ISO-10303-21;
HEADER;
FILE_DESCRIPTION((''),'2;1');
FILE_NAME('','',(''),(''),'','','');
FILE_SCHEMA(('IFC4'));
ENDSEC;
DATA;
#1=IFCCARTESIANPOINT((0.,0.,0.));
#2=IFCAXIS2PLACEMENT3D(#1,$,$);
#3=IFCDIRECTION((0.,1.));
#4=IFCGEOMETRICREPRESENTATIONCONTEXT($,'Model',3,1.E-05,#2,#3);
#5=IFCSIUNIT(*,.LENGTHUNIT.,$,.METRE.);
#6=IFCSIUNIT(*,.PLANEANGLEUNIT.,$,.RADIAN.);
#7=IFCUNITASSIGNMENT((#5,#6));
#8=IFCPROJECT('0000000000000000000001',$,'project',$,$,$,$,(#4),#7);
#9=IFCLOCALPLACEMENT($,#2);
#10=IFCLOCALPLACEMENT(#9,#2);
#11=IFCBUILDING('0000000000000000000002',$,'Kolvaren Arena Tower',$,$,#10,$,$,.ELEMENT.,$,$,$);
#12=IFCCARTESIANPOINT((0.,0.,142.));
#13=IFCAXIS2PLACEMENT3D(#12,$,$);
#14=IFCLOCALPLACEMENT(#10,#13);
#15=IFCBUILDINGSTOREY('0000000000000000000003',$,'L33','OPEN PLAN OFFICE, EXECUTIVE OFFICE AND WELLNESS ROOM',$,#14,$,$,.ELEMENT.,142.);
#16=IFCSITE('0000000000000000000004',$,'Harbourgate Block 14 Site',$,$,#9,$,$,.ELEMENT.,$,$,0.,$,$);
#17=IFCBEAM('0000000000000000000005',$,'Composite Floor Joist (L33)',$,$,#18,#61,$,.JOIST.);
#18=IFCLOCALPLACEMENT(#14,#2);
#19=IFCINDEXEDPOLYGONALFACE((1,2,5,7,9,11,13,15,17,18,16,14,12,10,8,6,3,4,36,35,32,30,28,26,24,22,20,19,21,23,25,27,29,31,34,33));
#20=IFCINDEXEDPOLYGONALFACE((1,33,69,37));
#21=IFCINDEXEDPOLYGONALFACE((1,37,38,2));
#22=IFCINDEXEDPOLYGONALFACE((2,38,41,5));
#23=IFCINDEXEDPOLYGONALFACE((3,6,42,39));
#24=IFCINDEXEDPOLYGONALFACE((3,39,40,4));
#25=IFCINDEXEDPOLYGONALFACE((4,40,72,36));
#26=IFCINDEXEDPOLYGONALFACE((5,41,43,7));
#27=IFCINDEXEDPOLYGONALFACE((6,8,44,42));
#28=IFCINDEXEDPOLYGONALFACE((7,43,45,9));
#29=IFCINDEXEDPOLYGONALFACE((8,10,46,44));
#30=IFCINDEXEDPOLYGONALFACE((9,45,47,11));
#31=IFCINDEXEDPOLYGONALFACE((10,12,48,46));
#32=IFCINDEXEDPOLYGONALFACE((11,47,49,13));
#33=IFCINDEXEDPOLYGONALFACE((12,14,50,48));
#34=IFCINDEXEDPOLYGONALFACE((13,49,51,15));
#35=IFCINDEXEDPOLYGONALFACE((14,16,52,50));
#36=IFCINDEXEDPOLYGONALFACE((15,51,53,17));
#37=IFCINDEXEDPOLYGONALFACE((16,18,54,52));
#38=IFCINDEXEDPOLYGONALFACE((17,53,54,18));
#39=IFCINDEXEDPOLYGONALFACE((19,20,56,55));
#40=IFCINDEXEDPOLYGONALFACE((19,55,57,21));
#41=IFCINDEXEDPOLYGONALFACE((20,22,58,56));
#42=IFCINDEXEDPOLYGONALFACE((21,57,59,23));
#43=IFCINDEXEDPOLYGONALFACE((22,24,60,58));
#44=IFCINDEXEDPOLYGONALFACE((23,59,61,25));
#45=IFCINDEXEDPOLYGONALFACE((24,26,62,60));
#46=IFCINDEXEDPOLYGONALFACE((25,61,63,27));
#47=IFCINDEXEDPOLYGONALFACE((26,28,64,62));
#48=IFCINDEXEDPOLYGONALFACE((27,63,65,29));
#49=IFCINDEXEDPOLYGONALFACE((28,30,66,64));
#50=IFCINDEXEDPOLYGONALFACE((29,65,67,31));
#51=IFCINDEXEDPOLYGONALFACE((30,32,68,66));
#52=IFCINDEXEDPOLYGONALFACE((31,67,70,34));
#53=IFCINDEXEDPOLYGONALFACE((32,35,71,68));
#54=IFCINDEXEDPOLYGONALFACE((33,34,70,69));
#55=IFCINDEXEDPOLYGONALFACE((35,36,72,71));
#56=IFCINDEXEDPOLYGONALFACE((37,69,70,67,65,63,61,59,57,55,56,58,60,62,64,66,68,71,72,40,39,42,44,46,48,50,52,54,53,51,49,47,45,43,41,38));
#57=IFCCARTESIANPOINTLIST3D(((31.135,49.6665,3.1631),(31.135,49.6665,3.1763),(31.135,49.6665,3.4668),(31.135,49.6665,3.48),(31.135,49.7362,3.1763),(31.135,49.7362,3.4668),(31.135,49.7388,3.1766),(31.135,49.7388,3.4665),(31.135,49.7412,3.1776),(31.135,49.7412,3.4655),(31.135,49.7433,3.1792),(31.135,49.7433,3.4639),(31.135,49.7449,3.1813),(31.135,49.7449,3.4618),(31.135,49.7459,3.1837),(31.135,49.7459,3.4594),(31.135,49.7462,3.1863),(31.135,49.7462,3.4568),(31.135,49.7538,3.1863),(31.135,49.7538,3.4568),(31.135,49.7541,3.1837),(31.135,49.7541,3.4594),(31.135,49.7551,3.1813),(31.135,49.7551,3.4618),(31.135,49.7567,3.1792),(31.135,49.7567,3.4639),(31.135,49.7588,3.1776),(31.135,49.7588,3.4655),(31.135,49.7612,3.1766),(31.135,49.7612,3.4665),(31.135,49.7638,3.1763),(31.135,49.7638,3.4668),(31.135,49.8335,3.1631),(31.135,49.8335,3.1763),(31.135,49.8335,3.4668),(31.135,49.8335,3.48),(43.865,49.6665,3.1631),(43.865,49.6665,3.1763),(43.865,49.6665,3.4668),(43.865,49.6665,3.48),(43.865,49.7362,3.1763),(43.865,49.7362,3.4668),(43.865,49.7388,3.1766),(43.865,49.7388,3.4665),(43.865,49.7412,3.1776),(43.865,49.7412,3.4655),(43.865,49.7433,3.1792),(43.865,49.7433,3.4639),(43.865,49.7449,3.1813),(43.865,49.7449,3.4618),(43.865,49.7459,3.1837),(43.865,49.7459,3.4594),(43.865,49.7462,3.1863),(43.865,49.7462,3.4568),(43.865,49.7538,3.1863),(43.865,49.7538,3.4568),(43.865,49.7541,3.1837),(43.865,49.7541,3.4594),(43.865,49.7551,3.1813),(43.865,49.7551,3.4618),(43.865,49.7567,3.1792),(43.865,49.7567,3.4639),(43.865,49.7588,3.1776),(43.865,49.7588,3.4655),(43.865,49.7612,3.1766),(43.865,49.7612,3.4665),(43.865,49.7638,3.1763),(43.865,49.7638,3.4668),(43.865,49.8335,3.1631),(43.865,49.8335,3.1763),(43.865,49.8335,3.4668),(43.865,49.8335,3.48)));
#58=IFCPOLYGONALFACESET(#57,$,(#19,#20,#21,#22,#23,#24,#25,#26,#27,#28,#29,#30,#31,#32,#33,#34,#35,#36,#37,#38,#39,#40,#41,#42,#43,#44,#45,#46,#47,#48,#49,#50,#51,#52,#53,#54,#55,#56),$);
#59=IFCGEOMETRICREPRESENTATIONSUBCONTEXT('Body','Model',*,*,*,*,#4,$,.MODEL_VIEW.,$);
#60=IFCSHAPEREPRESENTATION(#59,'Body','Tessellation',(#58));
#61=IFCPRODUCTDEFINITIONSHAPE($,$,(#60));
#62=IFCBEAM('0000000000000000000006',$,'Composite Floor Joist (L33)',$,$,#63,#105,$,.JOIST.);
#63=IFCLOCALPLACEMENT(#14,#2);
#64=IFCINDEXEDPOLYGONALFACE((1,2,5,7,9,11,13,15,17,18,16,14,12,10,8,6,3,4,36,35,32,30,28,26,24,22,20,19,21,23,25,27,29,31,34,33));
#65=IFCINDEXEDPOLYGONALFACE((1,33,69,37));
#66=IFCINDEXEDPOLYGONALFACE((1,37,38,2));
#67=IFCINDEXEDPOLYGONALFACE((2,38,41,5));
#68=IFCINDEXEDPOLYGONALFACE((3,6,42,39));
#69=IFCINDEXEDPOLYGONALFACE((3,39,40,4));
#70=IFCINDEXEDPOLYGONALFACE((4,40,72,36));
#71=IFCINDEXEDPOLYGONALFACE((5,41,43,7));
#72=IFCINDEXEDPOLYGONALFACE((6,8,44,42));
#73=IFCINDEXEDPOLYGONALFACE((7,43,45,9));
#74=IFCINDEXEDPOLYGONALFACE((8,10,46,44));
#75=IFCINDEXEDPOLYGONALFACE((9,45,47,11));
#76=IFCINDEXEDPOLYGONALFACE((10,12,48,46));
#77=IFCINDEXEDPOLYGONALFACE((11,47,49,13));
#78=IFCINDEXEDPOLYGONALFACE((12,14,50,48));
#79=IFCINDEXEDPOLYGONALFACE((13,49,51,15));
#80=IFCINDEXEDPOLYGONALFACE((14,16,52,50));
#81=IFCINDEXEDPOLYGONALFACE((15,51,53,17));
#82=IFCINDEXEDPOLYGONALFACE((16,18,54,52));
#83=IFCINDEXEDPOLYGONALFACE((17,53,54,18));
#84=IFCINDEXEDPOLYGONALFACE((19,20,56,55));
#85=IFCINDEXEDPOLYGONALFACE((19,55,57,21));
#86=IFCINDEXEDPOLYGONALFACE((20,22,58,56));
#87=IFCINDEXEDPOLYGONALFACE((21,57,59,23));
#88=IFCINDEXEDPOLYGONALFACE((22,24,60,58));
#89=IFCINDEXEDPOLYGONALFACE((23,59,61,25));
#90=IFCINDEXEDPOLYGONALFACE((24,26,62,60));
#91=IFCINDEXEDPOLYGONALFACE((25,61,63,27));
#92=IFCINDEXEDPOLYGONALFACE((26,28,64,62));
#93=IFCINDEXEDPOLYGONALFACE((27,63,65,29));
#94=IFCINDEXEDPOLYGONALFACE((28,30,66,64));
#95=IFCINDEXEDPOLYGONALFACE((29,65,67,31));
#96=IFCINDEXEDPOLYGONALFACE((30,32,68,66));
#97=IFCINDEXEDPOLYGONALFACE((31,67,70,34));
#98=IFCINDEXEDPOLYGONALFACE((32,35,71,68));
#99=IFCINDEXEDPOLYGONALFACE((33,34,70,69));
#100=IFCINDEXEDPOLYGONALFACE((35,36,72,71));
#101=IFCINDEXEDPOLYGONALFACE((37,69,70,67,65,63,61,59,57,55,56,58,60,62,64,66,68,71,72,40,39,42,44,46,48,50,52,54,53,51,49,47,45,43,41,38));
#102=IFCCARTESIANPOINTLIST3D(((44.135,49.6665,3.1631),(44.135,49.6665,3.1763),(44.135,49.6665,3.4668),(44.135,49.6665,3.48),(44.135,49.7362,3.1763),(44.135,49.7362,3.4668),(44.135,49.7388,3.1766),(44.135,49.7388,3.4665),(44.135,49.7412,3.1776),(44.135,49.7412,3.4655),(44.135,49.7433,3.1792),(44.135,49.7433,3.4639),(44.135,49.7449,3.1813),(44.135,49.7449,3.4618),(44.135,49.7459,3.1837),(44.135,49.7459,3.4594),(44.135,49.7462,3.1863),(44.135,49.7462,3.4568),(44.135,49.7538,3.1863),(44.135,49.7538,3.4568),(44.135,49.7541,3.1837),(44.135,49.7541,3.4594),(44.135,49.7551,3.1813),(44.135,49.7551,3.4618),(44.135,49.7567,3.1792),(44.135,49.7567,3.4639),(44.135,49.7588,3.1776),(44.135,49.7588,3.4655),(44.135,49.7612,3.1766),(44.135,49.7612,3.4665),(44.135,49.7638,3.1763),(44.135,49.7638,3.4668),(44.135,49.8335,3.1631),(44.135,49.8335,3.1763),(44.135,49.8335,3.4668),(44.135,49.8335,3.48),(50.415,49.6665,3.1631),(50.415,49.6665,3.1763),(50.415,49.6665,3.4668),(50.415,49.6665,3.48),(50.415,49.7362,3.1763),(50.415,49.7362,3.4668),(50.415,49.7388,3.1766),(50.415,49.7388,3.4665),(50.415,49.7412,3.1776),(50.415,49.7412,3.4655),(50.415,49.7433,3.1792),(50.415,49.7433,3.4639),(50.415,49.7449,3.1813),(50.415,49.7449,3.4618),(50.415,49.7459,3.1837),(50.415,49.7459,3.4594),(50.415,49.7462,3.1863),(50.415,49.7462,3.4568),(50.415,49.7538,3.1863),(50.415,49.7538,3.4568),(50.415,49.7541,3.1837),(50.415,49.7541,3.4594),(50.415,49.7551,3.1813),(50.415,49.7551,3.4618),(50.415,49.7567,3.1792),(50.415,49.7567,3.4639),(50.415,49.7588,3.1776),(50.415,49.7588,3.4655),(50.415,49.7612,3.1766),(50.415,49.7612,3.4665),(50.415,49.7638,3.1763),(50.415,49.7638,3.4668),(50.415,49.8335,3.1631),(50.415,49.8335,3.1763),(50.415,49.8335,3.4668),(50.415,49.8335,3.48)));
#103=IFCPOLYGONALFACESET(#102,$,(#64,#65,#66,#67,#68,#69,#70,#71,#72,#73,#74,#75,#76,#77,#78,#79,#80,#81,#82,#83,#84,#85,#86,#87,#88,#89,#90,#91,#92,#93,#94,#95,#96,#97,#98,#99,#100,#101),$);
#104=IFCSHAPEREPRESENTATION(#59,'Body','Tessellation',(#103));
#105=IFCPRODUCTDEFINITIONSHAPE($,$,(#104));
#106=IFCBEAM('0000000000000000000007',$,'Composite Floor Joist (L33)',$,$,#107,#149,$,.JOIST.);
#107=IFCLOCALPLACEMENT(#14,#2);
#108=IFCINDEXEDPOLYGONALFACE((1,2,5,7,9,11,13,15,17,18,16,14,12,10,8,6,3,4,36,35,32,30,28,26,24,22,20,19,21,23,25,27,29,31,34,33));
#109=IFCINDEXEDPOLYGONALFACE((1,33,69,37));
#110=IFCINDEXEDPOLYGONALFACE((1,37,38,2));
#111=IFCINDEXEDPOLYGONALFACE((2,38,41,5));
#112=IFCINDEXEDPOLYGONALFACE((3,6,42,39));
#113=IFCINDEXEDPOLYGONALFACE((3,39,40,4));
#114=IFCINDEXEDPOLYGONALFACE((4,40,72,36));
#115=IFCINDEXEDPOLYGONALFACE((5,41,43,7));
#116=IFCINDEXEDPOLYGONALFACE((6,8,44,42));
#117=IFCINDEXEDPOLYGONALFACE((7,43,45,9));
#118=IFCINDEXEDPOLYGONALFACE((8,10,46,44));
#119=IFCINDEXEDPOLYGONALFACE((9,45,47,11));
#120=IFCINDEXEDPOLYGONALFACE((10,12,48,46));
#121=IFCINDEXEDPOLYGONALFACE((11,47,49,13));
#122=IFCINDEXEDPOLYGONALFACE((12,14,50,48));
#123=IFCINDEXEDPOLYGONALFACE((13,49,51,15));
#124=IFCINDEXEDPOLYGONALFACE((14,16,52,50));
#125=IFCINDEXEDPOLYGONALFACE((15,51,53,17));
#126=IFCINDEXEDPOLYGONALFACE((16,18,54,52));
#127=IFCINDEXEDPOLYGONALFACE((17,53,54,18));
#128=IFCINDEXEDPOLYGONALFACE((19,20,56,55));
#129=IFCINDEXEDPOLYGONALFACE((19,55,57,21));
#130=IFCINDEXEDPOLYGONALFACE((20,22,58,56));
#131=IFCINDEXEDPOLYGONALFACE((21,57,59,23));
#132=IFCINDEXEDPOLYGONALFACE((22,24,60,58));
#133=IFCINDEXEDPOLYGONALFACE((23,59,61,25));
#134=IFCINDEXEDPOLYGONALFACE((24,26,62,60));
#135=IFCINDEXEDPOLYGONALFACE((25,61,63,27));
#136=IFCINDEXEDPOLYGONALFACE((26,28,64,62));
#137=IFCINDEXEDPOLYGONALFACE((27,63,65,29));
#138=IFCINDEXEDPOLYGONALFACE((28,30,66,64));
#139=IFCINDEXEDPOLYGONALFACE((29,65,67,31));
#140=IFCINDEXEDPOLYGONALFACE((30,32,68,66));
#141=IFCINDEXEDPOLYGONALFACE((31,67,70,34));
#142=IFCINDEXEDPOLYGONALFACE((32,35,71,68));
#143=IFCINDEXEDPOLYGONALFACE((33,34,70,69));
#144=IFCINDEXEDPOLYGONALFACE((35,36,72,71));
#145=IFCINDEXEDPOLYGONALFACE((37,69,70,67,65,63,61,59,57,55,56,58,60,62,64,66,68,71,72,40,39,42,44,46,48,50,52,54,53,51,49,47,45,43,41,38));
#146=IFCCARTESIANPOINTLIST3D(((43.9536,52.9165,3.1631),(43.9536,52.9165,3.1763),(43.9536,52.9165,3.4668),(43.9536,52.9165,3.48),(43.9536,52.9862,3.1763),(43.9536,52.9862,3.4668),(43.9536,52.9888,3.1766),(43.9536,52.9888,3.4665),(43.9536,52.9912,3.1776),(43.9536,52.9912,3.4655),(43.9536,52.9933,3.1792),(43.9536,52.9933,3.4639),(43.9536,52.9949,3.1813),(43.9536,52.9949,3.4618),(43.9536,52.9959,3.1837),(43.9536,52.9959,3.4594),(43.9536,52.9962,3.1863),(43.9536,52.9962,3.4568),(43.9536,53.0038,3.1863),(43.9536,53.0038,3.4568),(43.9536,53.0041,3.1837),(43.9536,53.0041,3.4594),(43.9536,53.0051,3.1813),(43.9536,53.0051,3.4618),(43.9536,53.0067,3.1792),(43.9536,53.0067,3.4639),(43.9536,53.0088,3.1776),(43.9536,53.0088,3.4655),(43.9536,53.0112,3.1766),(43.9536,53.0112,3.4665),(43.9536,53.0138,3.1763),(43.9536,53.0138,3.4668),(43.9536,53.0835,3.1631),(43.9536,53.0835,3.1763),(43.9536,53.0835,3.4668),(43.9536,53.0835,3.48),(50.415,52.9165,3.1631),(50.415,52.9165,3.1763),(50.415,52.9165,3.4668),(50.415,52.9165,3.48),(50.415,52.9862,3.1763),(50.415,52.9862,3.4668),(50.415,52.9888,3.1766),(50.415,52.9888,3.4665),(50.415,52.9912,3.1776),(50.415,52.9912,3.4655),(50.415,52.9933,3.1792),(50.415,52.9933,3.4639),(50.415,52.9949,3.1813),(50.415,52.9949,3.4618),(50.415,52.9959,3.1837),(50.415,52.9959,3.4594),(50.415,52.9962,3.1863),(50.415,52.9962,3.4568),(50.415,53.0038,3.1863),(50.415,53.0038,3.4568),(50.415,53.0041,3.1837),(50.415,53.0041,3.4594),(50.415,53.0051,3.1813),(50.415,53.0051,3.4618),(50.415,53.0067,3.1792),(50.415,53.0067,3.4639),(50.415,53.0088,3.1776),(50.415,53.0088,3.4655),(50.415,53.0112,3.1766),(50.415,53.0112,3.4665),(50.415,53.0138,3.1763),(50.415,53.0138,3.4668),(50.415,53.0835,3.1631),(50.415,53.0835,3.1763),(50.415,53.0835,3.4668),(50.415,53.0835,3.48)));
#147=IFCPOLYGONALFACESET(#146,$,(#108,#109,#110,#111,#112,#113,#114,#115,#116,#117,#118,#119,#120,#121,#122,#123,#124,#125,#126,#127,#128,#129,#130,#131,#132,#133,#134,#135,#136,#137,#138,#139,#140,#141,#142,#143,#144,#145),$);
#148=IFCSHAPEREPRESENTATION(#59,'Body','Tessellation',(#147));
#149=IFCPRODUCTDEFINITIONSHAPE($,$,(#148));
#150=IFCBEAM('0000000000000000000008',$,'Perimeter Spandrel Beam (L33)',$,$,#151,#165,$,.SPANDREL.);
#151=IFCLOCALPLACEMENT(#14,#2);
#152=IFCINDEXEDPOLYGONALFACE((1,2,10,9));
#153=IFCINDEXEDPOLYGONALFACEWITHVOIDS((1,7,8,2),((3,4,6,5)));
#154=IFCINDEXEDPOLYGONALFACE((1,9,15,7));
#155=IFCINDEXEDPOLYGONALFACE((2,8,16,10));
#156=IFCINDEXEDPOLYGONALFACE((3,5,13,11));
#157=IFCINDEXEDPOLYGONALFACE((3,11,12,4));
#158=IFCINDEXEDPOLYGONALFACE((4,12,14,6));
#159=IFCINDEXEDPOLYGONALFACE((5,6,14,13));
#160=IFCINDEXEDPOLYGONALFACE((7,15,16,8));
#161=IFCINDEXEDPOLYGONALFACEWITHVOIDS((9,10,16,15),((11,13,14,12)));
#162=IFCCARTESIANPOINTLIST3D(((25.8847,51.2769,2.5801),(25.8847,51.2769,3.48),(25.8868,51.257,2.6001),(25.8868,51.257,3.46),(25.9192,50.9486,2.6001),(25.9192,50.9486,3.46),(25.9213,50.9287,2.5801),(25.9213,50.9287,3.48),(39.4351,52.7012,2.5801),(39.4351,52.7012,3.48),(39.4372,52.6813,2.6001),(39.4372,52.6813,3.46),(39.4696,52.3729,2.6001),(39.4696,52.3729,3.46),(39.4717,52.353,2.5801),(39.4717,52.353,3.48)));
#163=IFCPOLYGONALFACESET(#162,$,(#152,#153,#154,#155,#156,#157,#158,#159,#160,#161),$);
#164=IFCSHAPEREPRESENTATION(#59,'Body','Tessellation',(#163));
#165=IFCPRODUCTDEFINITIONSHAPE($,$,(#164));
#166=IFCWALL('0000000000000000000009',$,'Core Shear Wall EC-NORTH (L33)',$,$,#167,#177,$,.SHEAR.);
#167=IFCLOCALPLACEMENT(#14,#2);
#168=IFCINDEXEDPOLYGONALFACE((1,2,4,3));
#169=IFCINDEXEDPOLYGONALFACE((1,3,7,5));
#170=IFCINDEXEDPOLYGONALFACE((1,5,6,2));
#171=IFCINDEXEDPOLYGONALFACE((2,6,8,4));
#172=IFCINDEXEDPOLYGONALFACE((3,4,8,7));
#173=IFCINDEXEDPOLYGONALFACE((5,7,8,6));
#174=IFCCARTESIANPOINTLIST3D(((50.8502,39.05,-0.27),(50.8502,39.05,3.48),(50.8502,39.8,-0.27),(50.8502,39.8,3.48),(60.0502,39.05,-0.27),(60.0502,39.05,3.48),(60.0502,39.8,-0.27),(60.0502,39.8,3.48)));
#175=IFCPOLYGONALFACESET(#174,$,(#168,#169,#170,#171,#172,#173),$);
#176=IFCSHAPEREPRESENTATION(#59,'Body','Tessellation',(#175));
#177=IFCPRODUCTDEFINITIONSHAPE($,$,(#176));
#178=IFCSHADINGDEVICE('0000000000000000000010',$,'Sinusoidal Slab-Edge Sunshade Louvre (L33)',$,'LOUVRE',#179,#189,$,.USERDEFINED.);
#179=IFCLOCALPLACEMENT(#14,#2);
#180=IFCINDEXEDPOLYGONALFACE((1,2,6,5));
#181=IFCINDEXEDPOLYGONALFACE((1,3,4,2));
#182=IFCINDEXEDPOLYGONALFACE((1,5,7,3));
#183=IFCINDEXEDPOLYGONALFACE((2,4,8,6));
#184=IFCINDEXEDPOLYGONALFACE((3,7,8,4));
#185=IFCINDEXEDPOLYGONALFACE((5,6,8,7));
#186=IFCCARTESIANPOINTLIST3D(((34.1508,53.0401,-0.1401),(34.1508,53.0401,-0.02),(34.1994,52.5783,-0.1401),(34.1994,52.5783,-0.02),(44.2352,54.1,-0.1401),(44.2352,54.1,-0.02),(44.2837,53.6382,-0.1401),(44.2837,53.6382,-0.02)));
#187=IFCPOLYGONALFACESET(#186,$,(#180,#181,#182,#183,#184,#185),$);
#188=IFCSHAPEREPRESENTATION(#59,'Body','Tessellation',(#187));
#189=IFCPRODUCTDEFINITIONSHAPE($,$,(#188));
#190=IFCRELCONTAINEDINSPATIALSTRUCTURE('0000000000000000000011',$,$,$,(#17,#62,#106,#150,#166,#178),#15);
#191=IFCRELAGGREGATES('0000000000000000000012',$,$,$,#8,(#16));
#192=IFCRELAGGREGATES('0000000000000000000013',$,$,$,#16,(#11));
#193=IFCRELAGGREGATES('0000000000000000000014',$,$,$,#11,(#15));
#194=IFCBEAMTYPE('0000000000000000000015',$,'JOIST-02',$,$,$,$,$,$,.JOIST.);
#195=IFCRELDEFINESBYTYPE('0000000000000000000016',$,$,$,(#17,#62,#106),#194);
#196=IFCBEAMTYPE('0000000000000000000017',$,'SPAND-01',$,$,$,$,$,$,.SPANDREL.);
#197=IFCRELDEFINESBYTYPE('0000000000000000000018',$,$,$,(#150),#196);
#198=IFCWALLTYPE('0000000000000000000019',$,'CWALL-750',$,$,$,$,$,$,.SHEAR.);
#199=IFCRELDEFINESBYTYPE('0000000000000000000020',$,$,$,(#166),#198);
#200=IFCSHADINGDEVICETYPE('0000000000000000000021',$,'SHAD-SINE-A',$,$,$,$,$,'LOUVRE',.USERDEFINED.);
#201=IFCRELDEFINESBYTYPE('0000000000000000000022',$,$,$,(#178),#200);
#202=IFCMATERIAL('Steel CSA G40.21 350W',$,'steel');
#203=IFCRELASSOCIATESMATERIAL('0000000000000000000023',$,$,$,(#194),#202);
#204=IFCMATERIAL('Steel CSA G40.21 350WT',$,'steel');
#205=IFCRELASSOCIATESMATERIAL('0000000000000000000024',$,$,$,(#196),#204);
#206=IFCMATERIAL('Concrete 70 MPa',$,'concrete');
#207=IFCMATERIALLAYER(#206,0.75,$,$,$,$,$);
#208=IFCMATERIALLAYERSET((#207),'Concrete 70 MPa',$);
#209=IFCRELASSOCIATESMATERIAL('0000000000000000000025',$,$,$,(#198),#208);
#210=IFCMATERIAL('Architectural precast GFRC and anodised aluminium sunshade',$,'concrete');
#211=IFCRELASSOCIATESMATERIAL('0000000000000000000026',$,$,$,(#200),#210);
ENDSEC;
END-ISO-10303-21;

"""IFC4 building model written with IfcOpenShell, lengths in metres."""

from ifc_helpers import new_model, si_unit, direction, frame, frame_2d, origin, origin_2d, place, context, subcontext, project, spatial, rectangle, hollow_rectangle, i_section, extrude, material, layer, layer_set, material_profile, profile_set, type_object, element, save


model = new_model("IFC4")

# Units and contexts
model_context = context("Model", 3, precision=1e-05, world=origin(), true_north=direction((0.0, 1.0)))
body_context = subcontext(model_context, "Body", "Model", "MODEL_VIEW")
ifc_project = project(units=[si_unit("LENGTHUNIT", "METRE"), si_unit("PLANEANGLEUNIT", "RADIAN")], contexts=[model_context])

# Site, building, storey
site_placement = place(None, origin())
site = spatial("IfcSite", under=ifc_project, at=site_placement, Name="Harbourgate Block 14 Site", CompositionType="ELEMENT", RefElevation=0.0)
building_placement = place(site_placement, origin())
building = spatial("IfcBuilding", under=site, at=building_placement, Name="Kolvaren Arena Tower", CompositionType="ELEMENT")
storey_placement = place(building_placement, frame((0.0, 0.0, 142.0)))
storey = spatial("IfcBuildingStorey", under=building, at=storey_placement, Name="L33", Description="OPEN PLAN OFFICE, EXECUTIVE OFFICE AND WELLNESS ROOM", CompositionType="ELEMENT", Elevation=142.0)

# Beams
ifc_material_1 = material(Name="Steel CSA G40.21 350W", Category="steel")
ifc_material_profile_1 = material_profile(ifc_material_1, i_section(OverallWidth=0.167, OverallDepth=0.3169, WebThickness=0.0076, FlangeThickness=0.0132, FilletRadius=0.01, at=origin_2d()), Name="W310x52")
ifc_profile_set_1 = profile_set([ifc_material_profile_1], Name="Steel CSA G40.21 350W")
beam_type_1 = type_object("IfcBeamType", Name="JOIST-02", PredefinedType="JOIST", material=ifc_profile_set_1)
beam_1_placement = place(storey_placement, frame((31.135, 49.75, 3.3215), z_axis=(1.0, 0.0, 0.0), x_axis=(0.0, 1.0, 0.0)))
element("IfcBeam", 1, at=beam_1_placement, inside=storey, type_object=beam_type_1, Name="Composite Floor Joist (L33)", PredefinedType="JOIST", context=body_context, shape_type="SweptSolid", body=[
    extrude(i_section(OverallWidth=0.167, OverallDepth=0.3169, WebThickness=0.0076, FlangeThickness=0.0132, FilletRadius=0.01, at=origin_2d()), origin(), (0.0, 0.0, 1.0), 12.73),
])
beam_2_placement = place(storey_placement, frame((44.135, 49.75, 3.3215), z_axis=(1.0, 0.0, 0.0), x_axis=(0.0, 1.0, 0.0)))
element("IfcBeam", 2, at=beam_2_placement, inside=storey, type_object=beam_type_1, Name="Composite Floor Joist (L33)", PredefinedType="JOIST", context=body_context, shape_type="SweptSolid", body=[
    extrude(i_section(OverallWidth=0.167, OverallDepth=0.3169, WebThickness=0.0076, FlangeThickness=0.0132, FilletRadius=0.01, at=origin_2d()), origin(), (0.0, 0.0, 1.0), 6.28),
])
beam_3_placement = place(storey_placement, frame((43.9536, 53.0, 3.3215), z_axis=(1.0, 0.0, 0.0), x_axis=(0.0, 1.0, 0.0)))
element("IfcBeam", 3, at=beam_3_placement, inside=storey, type_object=beam_type_1, Name="Composite Floor Joist (L33)", PredefinedType="JOIST", context=body_context, shape_type="SweptSolid", body=[
    extrude(i_section(OverallWidth=0.167, OverallDepth=0.3169, WebThickness=0.0076, FlangeThickness=0.0132, FilletRadius=0.01, at=origin_2d()), origin(), (0.0, 0.0, 1.0), 6.4614),
])
ifc_material_2 = material(Name="Steel CSA G40.21 350WT", Category="steel")
ifc_material_profile_2 = material_profile(ifc_material_2, hollow_rectangle(XDim=0.3501, YDim=0.8999, WallThickness=0.02, at=origin_2d()), Name="HSS 900x350x20")
ifc_profile_set_2 = profile_set([ifc_material_profile_2], Name="Steel CSA G40.21 350WT")
beam_type_2 = type_object("IfcBeamType", Name="SPAND-01", PredefinedType="SPANDREL", material=ifc_profile_set_2)
beam_4_placement = place(storey_placement, frame((39.4534, 52.5271, 3.03), z_axis=(-0.994521, -0.104537, 0.0), x_axis=(0.104537, -0.994521, 0.0)))
element("IfcBeam", 4, at=beam_4_placement, inside=storey, type_object=beam_type_2, Name="Perimeter Spandrel Beam (L33)", PredefinedType="SPANDREL", context=body_context, shape_type="SweptSolid", body=[
    extrude(hollow_rectangle(XDim=0.3501, YDim=0.8999, WallThickness=0.02, at=origin_2d()), origin(), (0.0, 0.0, 1.0), 13.625),
])

# Wall
ifc_material_3 = material(Name="Concrete 70 MPa", Category="concrete")
ifc_layer = layer(ifc_material_3, 0.75)
ifc_layer_set = layer_set([ifc_layer], Name="Concrete 70 MPa")
wall_type = type_object("IfcWallType", Name="CWALL-750", PredefinedType="SHEAR", material=ifc_layer_set)
wall_placement = place(storey_placement, frame((50.8501, 39.425, -0.27), z_axis=(0.0, 0.0, 1.0), x_axis=(1.0, 0.0, 0.0)))
element("IfcWall", 5, at=wall_placement, inside=storey, type_object=wall_type, Name="Core Shear Wall EC-NORTH (L33)", PredefinedType="SHEAR", context=body_context, shape_type="SweptSolid", body=[
    extrude(rectangle(XDim=9.2, YDim=0.75, at=frame_2d((4.6001, 0.0))), origin(), (0.0, 0.0, 1.0), 3.75),
])

# Shading device
ifc_material_4 = material(Name="Architectural precast GFRC and anodised aluminium sunshade", Category="concrete")
shading_device_type = type_object("IfcShadingDeviceType", Name="SHAD-SINE-A", ElementType="LOUVRE", PredefinedType="USERDEFINED", material=ifc_material_4)
shading_device_1_placement = place(storey_placement, frame((39.2173, 53.3391, -0.1401), z_axis=(0.0, 0.0, 1.0), x_axis=(0.994522, 0.104527, 0.0)))
element("IfcShadingDevice", 6, at=shading_device_1_placement, inside=storey, type_object=shading_device_type, Name="Sinusoidal Slab-Edge Sunshade Louvre (L33)", ObjectType="LOUVRE", PredefinedType="USERDEFINED", context=body_context, shape_type="SweptSolid", body=[
    extrude(rectangle(XDim=10.1399, YDim=0.4644, at=origin_2d()), origin(), (0.0, 0.0, 1.0), 0.1201),
])

save(model, "model.ifc")
